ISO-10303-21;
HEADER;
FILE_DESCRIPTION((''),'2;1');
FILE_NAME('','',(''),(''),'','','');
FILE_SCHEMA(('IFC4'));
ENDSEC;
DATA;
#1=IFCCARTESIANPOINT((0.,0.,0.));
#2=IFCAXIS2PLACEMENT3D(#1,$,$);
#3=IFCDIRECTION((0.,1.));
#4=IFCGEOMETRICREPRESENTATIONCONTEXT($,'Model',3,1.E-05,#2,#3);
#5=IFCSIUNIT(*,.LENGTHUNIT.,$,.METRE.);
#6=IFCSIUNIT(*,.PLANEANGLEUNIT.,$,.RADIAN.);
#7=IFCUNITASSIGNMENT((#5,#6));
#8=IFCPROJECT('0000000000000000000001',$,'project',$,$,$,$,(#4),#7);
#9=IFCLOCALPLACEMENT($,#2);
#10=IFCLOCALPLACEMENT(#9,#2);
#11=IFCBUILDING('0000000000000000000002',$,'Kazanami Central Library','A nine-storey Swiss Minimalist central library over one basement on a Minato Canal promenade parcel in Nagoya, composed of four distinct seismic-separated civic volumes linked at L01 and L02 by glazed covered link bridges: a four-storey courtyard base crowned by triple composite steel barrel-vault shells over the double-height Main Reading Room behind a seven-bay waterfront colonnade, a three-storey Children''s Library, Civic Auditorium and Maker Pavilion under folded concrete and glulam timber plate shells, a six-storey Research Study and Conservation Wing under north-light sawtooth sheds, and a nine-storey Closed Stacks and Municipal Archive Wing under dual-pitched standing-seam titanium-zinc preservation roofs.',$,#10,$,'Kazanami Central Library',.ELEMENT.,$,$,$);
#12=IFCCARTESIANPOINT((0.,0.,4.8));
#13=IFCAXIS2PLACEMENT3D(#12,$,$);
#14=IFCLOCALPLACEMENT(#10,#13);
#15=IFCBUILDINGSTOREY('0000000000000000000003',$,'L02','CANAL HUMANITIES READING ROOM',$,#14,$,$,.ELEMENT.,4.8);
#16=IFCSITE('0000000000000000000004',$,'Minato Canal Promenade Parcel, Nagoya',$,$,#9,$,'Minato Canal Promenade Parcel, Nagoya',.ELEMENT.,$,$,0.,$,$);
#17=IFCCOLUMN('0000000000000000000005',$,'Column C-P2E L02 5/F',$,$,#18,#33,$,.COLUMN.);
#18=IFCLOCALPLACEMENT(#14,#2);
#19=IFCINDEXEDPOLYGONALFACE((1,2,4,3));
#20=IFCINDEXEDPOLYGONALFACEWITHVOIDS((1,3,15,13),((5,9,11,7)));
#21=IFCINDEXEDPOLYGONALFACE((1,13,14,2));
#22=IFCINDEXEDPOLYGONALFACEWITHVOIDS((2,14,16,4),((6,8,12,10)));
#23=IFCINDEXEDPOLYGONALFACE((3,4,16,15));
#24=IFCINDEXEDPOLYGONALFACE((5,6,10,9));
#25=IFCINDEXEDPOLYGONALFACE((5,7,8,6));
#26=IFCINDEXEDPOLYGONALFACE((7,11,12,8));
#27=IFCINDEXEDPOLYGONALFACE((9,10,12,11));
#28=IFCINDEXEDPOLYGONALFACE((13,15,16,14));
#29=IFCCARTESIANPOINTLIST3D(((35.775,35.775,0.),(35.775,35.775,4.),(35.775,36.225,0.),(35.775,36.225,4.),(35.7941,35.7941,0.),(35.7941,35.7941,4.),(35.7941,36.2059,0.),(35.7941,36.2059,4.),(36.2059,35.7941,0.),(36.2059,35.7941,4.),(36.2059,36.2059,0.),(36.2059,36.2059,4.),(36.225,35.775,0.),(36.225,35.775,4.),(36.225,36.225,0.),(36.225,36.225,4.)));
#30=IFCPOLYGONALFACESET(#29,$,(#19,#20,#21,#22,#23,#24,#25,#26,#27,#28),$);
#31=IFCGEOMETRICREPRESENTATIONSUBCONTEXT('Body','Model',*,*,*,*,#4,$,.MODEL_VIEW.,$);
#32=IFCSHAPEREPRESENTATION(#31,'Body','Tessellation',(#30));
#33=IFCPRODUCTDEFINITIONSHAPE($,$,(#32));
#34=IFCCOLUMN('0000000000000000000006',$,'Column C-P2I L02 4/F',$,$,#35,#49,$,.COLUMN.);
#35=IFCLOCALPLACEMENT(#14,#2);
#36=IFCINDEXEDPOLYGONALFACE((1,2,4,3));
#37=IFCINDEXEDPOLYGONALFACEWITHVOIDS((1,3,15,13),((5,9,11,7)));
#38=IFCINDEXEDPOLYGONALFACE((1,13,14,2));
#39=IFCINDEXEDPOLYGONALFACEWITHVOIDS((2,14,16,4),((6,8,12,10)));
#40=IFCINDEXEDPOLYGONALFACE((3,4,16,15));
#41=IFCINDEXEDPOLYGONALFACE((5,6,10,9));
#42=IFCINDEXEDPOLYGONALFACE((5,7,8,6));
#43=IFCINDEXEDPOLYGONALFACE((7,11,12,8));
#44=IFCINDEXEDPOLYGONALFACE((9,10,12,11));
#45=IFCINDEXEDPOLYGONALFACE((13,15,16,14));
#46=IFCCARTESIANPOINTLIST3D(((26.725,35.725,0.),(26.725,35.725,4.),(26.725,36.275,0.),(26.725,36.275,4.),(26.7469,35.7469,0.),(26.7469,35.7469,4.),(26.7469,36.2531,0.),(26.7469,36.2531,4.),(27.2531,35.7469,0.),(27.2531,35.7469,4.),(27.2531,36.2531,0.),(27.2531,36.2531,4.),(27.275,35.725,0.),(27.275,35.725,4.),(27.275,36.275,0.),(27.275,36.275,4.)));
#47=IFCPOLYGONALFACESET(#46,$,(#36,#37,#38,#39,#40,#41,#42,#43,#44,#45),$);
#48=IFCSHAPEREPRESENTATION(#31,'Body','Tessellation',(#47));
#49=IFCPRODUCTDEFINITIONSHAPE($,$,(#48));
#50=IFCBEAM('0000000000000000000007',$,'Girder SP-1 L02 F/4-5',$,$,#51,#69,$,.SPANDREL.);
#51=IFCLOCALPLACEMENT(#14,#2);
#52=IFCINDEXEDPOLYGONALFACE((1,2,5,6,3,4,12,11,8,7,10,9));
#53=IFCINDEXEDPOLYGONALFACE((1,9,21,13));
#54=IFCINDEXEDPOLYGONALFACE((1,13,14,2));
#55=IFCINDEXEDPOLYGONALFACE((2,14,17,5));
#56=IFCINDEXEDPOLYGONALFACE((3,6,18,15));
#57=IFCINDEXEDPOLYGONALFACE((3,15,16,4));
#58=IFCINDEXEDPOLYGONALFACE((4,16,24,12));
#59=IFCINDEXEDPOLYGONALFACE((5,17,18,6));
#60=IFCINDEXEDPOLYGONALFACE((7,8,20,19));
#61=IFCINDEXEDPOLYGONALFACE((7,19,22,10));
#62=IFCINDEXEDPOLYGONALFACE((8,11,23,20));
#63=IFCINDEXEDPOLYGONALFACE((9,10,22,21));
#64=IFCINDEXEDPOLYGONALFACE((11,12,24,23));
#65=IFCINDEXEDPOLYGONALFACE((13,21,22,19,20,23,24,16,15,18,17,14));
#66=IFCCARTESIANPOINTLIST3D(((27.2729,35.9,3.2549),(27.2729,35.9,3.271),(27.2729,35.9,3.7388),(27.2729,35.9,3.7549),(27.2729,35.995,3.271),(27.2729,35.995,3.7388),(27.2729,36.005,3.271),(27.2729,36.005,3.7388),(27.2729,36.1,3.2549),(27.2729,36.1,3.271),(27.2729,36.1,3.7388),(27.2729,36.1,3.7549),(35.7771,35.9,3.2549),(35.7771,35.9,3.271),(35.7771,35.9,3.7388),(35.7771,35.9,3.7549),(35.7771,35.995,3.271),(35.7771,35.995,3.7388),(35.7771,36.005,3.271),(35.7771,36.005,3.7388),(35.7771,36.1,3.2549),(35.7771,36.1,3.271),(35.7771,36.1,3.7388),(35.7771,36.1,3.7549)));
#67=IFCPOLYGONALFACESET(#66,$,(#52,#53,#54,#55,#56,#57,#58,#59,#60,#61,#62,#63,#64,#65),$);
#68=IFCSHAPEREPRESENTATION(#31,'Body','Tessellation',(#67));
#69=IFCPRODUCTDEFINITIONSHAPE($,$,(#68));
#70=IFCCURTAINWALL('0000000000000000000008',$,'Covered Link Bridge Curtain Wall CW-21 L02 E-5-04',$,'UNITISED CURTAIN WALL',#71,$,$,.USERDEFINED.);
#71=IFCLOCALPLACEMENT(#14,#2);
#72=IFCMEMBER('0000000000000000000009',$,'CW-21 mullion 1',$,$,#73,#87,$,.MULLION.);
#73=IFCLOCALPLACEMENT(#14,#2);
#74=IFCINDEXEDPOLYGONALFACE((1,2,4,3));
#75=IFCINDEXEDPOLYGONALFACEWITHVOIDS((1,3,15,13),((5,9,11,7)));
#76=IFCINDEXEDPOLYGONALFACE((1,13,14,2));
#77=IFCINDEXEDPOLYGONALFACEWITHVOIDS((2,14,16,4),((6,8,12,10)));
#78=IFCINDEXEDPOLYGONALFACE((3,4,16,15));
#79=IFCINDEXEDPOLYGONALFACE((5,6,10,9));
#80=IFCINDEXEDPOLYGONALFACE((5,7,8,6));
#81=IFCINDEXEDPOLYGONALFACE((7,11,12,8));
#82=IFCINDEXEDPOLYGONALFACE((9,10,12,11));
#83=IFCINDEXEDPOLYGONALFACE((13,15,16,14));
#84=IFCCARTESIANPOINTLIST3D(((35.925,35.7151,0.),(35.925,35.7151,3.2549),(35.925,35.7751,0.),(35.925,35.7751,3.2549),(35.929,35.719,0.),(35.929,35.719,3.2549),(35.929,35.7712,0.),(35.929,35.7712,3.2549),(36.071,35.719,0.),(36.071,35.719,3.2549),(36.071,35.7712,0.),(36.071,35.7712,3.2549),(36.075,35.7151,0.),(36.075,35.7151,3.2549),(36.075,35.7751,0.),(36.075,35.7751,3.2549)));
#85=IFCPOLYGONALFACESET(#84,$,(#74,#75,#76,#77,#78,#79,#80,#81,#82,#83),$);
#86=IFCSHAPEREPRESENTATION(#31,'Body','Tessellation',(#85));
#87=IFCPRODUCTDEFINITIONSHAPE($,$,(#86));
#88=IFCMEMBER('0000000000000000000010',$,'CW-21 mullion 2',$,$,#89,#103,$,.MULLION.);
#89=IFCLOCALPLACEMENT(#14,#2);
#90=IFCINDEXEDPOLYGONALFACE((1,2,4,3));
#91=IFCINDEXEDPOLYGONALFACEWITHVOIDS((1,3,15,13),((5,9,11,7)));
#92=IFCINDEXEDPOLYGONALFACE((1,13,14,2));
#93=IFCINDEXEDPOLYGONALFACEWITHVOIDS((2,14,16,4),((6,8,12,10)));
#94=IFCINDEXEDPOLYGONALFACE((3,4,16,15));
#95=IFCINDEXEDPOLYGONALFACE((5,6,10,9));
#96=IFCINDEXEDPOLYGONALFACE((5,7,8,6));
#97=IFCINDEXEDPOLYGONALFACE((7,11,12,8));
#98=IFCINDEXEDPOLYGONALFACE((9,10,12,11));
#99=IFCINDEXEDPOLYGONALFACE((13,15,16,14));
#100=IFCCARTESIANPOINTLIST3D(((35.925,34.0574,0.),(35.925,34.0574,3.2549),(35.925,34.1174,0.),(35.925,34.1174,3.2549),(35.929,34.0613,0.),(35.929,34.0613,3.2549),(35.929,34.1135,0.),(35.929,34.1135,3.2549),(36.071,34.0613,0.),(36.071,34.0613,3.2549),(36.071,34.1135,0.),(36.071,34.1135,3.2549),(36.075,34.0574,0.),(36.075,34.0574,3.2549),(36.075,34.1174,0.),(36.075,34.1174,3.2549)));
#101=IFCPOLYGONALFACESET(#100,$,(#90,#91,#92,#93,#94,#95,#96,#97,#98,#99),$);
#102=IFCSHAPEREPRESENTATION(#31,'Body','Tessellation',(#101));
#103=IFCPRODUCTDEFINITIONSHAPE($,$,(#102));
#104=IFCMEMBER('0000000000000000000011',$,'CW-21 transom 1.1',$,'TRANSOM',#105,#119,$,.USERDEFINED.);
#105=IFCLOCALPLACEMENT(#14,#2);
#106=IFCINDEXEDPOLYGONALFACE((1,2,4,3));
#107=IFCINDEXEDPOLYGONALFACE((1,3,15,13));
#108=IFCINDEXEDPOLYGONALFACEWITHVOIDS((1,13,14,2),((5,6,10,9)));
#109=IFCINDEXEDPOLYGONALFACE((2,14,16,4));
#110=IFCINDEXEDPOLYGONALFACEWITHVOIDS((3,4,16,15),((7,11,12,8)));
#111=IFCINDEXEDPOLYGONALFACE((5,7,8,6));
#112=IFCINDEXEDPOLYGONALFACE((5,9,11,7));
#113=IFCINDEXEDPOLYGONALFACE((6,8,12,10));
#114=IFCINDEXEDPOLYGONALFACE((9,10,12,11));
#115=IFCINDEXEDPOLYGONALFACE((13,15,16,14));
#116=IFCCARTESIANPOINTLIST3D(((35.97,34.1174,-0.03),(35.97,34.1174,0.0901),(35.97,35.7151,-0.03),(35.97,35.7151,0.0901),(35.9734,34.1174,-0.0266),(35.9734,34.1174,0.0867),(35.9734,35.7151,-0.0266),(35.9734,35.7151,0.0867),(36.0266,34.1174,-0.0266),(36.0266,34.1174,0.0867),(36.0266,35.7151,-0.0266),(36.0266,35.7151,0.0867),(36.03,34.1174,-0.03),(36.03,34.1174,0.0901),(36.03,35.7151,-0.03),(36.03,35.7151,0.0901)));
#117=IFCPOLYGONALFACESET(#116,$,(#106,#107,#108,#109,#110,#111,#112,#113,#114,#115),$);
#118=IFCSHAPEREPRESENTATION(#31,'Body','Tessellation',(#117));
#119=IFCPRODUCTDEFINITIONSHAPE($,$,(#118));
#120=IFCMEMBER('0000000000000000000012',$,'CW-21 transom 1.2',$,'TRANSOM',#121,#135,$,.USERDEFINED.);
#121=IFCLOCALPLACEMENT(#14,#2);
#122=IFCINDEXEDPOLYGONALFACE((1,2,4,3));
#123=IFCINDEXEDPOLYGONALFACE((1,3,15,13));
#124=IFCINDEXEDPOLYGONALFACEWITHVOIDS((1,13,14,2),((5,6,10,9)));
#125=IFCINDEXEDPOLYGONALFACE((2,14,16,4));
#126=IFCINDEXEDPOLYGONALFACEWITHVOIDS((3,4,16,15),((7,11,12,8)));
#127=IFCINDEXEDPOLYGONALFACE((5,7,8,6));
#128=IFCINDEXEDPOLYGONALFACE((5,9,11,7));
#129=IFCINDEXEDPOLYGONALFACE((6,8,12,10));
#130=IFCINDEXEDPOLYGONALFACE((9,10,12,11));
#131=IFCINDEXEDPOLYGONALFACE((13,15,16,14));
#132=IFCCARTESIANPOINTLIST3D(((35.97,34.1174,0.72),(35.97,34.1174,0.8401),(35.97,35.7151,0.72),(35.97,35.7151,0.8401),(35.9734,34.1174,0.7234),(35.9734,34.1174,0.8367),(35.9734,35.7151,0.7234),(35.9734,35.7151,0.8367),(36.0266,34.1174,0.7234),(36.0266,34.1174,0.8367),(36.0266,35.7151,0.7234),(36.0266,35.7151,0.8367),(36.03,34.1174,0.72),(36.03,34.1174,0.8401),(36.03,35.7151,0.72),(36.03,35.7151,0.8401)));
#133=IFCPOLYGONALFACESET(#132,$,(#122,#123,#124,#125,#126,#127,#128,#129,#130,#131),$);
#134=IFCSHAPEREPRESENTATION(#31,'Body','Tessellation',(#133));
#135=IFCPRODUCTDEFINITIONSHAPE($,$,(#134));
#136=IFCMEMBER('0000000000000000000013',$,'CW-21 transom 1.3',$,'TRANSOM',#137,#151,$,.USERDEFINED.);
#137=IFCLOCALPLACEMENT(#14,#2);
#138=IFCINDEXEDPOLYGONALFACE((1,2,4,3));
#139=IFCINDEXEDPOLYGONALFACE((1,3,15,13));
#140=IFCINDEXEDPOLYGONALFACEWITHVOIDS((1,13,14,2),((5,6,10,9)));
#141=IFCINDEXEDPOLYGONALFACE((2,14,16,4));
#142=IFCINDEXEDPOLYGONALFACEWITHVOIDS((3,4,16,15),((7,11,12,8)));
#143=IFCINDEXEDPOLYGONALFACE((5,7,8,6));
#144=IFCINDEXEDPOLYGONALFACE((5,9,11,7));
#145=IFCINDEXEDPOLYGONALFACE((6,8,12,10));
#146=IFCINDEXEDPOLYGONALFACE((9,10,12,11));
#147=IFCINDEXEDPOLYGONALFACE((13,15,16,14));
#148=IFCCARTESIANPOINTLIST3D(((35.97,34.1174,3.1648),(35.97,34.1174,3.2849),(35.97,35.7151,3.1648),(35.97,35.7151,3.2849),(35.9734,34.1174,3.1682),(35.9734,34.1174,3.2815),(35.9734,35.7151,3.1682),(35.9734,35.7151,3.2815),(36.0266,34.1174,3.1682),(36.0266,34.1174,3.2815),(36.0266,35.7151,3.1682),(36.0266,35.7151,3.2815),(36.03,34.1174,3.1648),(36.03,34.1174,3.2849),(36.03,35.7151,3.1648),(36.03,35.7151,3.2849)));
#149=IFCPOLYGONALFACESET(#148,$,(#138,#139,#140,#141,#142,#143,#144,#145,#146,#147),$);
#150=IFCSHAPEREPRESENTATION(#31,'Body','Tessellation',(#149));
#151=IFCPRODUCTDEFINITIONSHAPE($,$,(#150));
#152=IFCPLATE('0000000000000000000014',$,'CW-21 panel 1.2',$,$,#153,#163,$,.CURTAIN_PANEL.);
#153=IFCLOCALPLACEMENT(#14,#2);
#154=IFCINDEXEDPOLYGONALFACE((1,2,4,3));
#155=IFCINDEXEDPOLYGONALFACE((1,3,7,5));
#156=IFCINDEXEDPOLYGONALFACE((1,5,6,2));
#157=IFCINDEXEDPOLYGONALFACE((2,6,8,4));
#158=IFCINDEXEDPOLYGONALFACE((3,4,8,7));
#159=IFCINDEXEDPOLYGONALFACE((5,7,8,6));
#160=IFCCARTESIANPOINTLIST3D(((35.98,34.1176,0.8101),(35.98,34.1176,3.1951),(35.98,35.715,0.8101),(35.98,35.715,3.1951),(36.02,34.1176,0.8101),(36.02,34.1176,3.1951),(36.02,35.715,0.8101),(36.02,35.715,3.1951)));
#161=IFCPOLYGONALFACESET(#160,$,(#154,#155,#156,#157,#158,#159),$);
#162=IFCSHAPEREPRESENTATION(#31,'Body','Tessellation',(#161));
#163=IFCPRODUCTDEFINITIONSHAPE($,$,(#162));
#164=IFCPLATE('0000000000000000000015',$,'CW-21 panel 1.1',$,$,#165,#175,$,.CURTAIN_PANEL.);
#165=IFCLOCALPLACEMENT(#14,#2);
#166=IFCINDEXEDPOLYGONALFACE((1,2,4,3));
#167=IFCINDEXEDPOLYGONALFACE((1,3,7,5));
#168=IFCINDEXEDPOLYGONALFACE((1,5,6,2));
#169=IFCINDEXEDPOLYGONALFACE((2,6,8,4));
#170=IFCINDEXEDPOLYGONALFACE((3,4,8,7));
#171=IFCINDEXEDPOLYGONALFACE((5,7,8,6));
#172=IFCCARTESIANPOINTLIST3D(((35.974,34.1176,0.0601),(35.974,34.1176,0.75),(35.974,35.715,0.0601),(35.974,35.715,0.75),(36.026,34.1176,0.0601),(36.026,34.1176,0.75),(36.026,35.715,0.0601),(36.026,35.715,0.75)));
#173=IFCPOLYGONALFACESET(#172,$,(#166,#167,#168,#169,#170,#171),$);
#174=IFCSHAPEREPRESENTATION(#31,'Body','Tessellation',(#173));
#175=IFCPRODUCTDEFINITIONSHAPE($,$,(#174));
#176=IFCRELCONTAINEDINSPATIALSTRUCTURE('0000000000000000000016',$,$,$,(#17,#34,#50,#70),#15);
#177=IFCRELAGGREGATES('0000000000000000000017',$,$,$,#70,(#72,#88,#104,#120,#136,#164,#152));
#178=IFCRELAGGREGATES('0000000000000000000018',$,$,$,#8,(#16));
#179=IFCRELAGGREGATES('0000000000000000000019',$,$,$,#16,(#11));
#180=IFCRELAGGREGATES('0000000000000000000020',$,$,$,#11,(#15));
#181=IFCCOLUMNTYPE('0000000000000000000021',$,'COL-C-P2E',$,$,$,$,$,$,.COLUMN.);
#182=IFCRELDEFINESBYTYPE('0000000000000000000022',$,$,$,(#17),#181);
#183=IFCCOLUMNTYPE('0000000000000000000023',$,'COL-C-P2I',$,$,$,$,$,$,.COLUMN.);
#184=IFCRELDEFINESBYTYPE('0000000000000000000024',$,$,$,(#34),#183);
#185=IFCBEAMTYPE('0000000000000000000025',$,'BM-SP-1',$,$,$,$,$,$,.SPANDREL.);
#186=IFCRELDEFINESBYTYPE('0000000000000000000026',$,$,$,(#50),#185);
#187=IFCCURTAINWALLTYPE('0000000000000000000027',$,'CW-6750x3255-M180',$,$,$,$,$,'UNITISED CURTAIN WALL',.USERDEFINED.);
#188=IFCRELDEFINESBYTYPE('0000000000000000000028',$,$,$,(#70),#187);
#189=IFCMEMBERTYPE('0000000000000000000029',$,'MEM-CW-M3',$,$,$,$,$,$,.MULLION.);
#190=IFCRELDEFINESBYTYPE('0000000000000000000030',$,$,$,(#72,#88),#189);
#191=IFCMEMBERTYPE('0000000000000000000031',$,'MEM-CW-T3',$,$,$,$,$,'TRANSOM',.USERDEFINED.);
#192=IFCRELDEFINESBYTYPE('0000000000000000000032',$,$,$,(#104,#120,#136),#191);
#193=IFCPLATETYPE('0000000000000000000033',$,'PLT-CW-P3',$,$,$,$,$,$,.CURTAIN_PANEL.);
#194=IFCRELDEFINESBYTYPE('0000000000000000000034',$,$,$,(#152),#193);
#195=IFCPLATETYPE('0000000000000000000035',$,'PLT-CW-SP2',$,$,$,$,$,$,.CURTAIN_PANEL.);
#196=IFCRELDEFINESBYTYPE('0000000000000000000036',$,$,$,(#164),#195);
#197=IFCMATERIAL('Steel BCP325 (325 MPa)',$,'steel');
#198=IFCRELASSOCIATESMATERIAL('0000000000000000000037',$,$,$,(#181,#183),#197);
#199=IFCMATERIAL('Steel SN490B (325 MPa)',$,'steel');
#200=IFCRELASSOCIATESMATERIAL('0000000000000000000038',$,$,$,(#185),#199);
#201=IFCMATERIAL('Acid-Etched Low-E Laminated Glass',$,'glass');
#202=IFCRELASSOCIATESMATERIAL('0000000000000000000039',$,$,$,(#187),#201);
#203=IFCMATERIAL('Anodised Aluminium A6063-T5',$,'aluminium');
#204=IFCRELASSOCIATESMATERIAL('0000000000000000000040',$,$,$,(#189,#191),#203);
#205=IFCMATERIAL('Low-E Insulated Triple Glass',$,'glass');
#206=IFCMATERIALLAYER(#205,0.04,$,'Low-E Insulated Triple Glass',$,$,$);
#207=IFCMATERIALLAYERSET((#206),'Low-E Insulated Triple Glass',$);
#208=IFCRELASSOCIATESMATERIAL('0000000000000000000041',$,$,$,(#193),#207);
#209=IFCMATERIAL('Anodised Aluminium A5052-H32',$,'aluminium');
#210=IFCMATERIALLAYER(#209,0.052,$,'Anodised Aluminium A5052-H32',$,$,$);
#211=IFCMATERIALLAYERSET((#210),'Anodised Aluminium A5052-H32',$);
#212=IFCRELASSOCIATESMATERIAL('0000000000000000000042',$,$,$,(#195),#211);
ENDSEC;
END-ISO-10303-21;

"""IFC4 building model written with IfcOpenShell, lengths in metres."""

from ifc_helpers import new_model, si_unit, direction, frame, origin, origin_2d, place, context, subcontext, project, spatial, rectangle, hollow_rectangle, i_section, extrude, material, layer, layer_set, material_profile, profile_set, type_object, element, aggregate, save


model = new_model("IFC4")

# Units and contexts
model_context = context("Model", 3, precision=1e-05, world=origin(), true_north=direction((0.0, 1.0)))
body_context = subcontext(model_context, "Body", "Model", "MODEL_VIEW")
ifc_project = project(units=[si_unit("LENGTHUNIT", "METRE"), si_unit("PLANEANGLEUNIT", "RADIAN")], contexts=[model_context])

# Site, building, storey
site_placement = place(None, origin())
site = spatial("IfcSite", under=ifc_project, at=site_placement, Name="Minato Canal Promenade Parcel, Nagoya", LongName="Minato Canal Promenade Parcel, Nagoya", CompositionType="ELEMENT", RefElevation=0.0)
building_placement = place(site_placement, origin())
building = spatial("IfcBuilding", under=site, at=building_placement, Name="Kazanami Central Library", Description="A nine-storey Swiss Minimalist central library over one basement on a Minato Canal promenade parcel in Nagoya, composed of four distinct seismic-separated civic volumes linked at L01 and L02 by glazed covered link bridges: a four-storey courtyard base crowned by triple composite steel barrel-vault shells over the double-height Main Reading Room behind a seven-bay waterfront colonnade, a three-storey Children's Library, Civic Auditorium and Maker Pavilion under folded concrete and glulam timber plate shells, a six-storey Research Study and Conservation Wing under north-light sawtooth sheds, and a nine-storey Closed Stacks and Municipal Archive Wing under dual-pitched standing-seam titanium-zinc preservation roofs.", LongName="Kazanami Central Library", CompositionType="ELEMENT")
storey_placement = place(building_placement, frame((0.0, 0.0, 4.8)))
storey = spatial("IfcBuildingStorey", under=building, at=storey_placement, Name="L02", Description="CANAL HUMANITIES READING ROOM", CompositionType="ELEMENT", Elevation=4.8)

# Columns
ifc_material_1 = material(Name="Steel BCP325 (325 MPa)", Category="steel")
ifc_material_profile_1 = material_profile(ifc_material_1, hollow_rectangle(XDim=0.45, YDim=0.45, WallThickness=0.019, at=origin_2d()), Name="BCP-450x450x19")
ifc_profile_set_1 = profile_set([ifc_material_profile_1], Name="Steel BCP325 (325 MPa)")
column_type_1 = type_object("IfcColumnType", Name="COL-C-P2E", PredefinedType="COLUMN", material=ifc_profile_set_1)
column_1_placement = place(storey_placement, frame((36.0, 36.0, 0.0), z_axis=(0.0, 0.0, 1.0), x_axis=(1.0, 0.0, 0.0)))
element("IfcColumn", 1, at=column_1_placement, inside=storey, type_object=column_type_1, Name="Column C-P2E L02 5/F", PredefinedType="COLUMN", context=body_context, shape_type="SweptSolid", body=[
    extrude(hollow_rectangle(XDim=0.45, YDim=0.45, WallThickness=0.019, at=origin_2d()), origin(), (0.0, 0.0, 1.0), 4.0),
])
ifc_material_profile_2 = material_profile(ifc_material_1, hollow_rectangle(XDim=0.55, YDim=0.55, WallThickness=0.022, at=origin_2d()), Name="BCP-550x550x22")
ifc_profile_set_2 = profile_set([ifc_material_profile_2], Name="Steel BCP325 (325 MPa)")
column_type_2 = type_object("IfcColumnType", Name="COL-C-P2I", PredefinedType="COLUMN", material=ifc_profile_set_2)
column_2_placement = place(storey_placement, frame((27.0, 36.0, 0.0), z_axis=(0.0, 0.0, 1.0), x_axis=(1.0, 0.0, 0.0)))
element("IfcColumn", 2, at=column_2_placement, inside=storey, type_object=column_type_2, Name="Column C-P2I L02 4/F", PredefinedType="COLUMN", context=body_context, shape_type="SweptSolid", body=[
    extrude(hollow_rectangle(XDim=0.55, YDim=0.55, WallThickness=0.022, at=origin_2d()), origin(), (0.0, 0.0, 1.0), 4.0),
])

# Beam
ifc_material_2 = material(Name="Steel SN490B (325 MPa)", Category="steel")
ifc_material_profile_3 = material_profile(ifc_material_2, i_section(OverallWidth=0.2, OverallDepth=0.5, WebThickness=0.01, FlangeThickness=0.0161, at=origin_2d()), Name="H-500x200x10x16")
ifc_profile_set_3 = profile_set([ifc_material_profile_3], Name="Steel SN490B (325 MPa)")
beam_type = type_object("IfcBeamType", Name="BM-SP-1", PredefinedType="SPANDREL", material=ifc_profile_set_3)
beam_placement = place(storey_placement, frame((27.2729, 36.0, 3.5049), z_axis=(1.0, 0.0, 0.0), x_axis=(0.0, 1.0, 0.0)))
element("IfcBeam", 3, at=beam_placement, inside=storey, type_object=beam_type, Name="Girder SP-1 L02 F/4-5", PredefinedType="SPANDREL", context=body_context, shape_type="SweptSolid", body=[
    extrude(i_section(OverallWidth=0.2, OverallDepth=0.5, WebThickness=0.01, FlangeThickness=0.0161, at=origin_2d()), origin(), (0.0, 0.0, 1.0), 8.5042),
])

# Curtain wall, members, plates
ifc_material_3 = material(Name="Acid-Etched Low-E Laminated Glass", Category="glass")
curtain_wall_type = type_object("IfcCurtainWallType", Name="CW-6750x3255-M180", ElementType="UNITISED CURTAIN WALL", PredefinedType="USERDEFINED", material=ifc_material_3)
curtain_wall_placement = place(storey_placement, origin())
curtain_wall = element("IfcCurtainWall", 4, at=curtain_wall_placement, inside=storey, type_object=curtain_wall_type, Name="Covered Link Bridge Curtain Wall CW-21 L02 E-5-04", ObjectType="UNITISED CURTAIN WALL", PredefinedType="USERDEFINED")
ifc_material_4 = material(Name="Anodised Aluminium A6063-T5", Category="aluminium")
ifc_material_profile_4 = material_profile(ifc_material_4, hollow_rectangle(XDim=0.0601, YDim=0.1499, WallThickness=0.0039, at=origin_2d()), Name="ALU-MULL-60x150x4")
ifc_profile_set_4 = profile_set([ifc_material_profile_4], Name="Anodised Aluminium A6063-T5")
member_type_1 = type_object("IfcMemberType", Name="MEM-CW-M3", PredefinedType="MULLION", material=ifc_profile_set_4)
member_1_placement = place(storey_placement, frame((36.0, 35.7451, 0.0), z_axis=(0.0, 0.0, 1.0), x_axis=(0.0, -1.0, 0.0)))
member_1 = element("IfcMember", 5, at=member_1_placement, type_object=member_type_1, Name="CW-21 mullion 1", PredefinedType="MULLION", context=body_context, shape_type="SweptSolid", body=[
    extrude(hollow_rectangle(XDim=0.0601, YDim=0.1499, WallThickness=0.0039, at=origin_2d()), origin(), (0.0, 0.0, 1.0), 3.2549),
])
member_2_placement = place(storey_placement, frame((36.0, 34.0874, 0.0), z_axis=(0.0, 0.0, 1.0), x_axis=(0.0, -1.0, 0.0)))
member_2 = element("IfcMember", 6, at=member_2_placement, type_object=member_type_1, Name="CW-21 mullion 2", PredefinedType="MULLION", context=body_context, shape_type="SweptSolid", body=[
    extrude(hollow_rectangle(XDim=0.0601, YDim=0.1499, WallThickness=0.0039, at=origin_2d()), origin(), (0.0, 0.0, 1.0), 3.2549),
])
ifc_material_profile_5 = material_profile(ifc_material_4, hollow_rectangle(XDim=0.0601, YDim=0.1201, WallThickness=0.0034, at=origin_2d()), Name="ALU-TRAN-60x120x3.5")
ifc_profile_set_5 = profile_set([ifc_material_profile_5], Name="Anodised Aluminium A6063-T5")
member_type_2 = type_object("IfcMemberType", Name="MEM-CW-T3", ElementType="TRANSOM", PredefinedType="USERDEFINED", material=ifc_profile_set_5)
member_3_placement = place(storey_placement, frame((36.0, 35.7151, 0.03), z_axis=(0.0, -1.0, 0.0), x_axis=(1.0, 0.0, 0.0)))
member_3 = element("IfcMember", 7, at=member_3_placement, type_object=member_type_2, Name="CW-21 transom 1.1", ObjectType="TRANSOM", PredefinedType="USERDEFINED", context=body_context, shape_type="SweptSolid", body=[
    extrude(hollow_rectangle(XDim=0.0601, YDim=0.1201, WallThickness=0.0034, at=origin_2d()), origin(), (0.0, 0.0, 1.0), 1.5977),
])
member_4_placement = place(storey_placement, frame((36.0, 35.7151, 0.78), z_axis=(0.0, -1.0, 0.0), x_axis=(1.0, 0.0, 0.0)))
member_4 = element("IfcMember", 8, at=member_4_placement, type_object=member_type_2, Name="CW-21 transom 1.2", ObjectType="TRANSOM", PredefinedType="USERDEFINED", context=body_context, shape_type="SweptSolid", body=[
    extrude(hollow_rectangle(XDim=0.0601, YDim=0.1201, WallThickness=0.0034, at=origin_2d()), origin(), (0.0, 0.0, 1.0), 1.5977),
])
member_5_placement = place(storey_placement, frame((36.0, 35.7151, 3.2249), z_axis=(0.0, -1.0, 0.0), x_axis=(1.0, 0.0, 0.0)))
member_5 = element("IfcMember", 9, at=member_5_placement, type_object=member_type_2, Name="CW-21 transom 1.3", ObjectType="TRANSOM", PredefinedType="USERDEFINED", context=body_context, shape_type="SweptSolid", body=[
    extrude(hollow_rectangle(XDim=0.0601, YDim=0.1201, WallThickness=0.0034, at=origin_2d()), origin(), (0.0, 0.0, 1.0), 1.5977),
])
ifc_material_5 = material(Name="Low-E Insulated Triple Glass", Category="glass")
ifc_layer_1 = layer(ifc_material_5, 0.04, Name="Low-E Insulated Triple Glass")
ifc_layer_set_1 = layer_set([ifc_layer_1], Name="Low-E Insulated Triple Glass")
plate_type_1 = type_object("IfcPlateType", Name="PLT-CW-P3", PredefinedType="CURTAIN_PANEL", material=ifc_layer_set_1)
plate_1_placement = place(storey_placement, frame((36.0, 34.9163, 0.8101), z_axis=(0.0, 0.0, 1.0), x_axis=(0.0, -1.0, 0.0)))
plate_1 = element("IfcPlate", 10, at=plate_1_placement, type_object=plate_type_1, Name="CW-21 panel 1.2", PredefinedType="CURTAIN_PANEL", context=body_context, shape_type="SweptSolid", body=[
    extrude(rectangle(XDim=1.5974, YDim=0.04, at=origin_2d()), origin(), (0.0, 0.0, 1.0), 2.385),
])
ifc_material_6 = material(Name="Anodised Aluminium A5052-H32", Category="aluminium")
ifc_layer_2 = layer(ifc_material_6, 0.052, Name="Anodised Aluminium A5052-H32")
ifc_layer_set_2 = layer_set([ifc_layer_2], Name="Anodised Aluminium A5052-H32")
plate_type_2 = type_object("IfcPlateType", Name="PLT-CW-SP2", PredefinedType="CURTAIN_PANEL", material=ifc_layer_set_2)
plate_2_placement = place(storey_placement, frame((36.0, 34.9163, 0.0601), z_axis=(0.0, 0.0, 1.0), x_axis=(0.0, -1.0, 0.0)))
plate_2 = element("IfcPlate", 11, at=plate_2_placement, type_object=plate_type_2, Name="CW-21 panel 1.1", PredefinedType="CURTAIN_PANEL", context=body_context, shape_type="SweptSolid", body=[
    extrude(rectangle(XDim=1.5974, YDim=0.052, at=origin_2d()), origin(), (0.0, 0.0, 1.0), 0.6899),
])
aggregate(curtain_wall, [member_1, member_2, member_3, member_4, member_5, plate_2, plate_1])

save(model, "model.ifc")
